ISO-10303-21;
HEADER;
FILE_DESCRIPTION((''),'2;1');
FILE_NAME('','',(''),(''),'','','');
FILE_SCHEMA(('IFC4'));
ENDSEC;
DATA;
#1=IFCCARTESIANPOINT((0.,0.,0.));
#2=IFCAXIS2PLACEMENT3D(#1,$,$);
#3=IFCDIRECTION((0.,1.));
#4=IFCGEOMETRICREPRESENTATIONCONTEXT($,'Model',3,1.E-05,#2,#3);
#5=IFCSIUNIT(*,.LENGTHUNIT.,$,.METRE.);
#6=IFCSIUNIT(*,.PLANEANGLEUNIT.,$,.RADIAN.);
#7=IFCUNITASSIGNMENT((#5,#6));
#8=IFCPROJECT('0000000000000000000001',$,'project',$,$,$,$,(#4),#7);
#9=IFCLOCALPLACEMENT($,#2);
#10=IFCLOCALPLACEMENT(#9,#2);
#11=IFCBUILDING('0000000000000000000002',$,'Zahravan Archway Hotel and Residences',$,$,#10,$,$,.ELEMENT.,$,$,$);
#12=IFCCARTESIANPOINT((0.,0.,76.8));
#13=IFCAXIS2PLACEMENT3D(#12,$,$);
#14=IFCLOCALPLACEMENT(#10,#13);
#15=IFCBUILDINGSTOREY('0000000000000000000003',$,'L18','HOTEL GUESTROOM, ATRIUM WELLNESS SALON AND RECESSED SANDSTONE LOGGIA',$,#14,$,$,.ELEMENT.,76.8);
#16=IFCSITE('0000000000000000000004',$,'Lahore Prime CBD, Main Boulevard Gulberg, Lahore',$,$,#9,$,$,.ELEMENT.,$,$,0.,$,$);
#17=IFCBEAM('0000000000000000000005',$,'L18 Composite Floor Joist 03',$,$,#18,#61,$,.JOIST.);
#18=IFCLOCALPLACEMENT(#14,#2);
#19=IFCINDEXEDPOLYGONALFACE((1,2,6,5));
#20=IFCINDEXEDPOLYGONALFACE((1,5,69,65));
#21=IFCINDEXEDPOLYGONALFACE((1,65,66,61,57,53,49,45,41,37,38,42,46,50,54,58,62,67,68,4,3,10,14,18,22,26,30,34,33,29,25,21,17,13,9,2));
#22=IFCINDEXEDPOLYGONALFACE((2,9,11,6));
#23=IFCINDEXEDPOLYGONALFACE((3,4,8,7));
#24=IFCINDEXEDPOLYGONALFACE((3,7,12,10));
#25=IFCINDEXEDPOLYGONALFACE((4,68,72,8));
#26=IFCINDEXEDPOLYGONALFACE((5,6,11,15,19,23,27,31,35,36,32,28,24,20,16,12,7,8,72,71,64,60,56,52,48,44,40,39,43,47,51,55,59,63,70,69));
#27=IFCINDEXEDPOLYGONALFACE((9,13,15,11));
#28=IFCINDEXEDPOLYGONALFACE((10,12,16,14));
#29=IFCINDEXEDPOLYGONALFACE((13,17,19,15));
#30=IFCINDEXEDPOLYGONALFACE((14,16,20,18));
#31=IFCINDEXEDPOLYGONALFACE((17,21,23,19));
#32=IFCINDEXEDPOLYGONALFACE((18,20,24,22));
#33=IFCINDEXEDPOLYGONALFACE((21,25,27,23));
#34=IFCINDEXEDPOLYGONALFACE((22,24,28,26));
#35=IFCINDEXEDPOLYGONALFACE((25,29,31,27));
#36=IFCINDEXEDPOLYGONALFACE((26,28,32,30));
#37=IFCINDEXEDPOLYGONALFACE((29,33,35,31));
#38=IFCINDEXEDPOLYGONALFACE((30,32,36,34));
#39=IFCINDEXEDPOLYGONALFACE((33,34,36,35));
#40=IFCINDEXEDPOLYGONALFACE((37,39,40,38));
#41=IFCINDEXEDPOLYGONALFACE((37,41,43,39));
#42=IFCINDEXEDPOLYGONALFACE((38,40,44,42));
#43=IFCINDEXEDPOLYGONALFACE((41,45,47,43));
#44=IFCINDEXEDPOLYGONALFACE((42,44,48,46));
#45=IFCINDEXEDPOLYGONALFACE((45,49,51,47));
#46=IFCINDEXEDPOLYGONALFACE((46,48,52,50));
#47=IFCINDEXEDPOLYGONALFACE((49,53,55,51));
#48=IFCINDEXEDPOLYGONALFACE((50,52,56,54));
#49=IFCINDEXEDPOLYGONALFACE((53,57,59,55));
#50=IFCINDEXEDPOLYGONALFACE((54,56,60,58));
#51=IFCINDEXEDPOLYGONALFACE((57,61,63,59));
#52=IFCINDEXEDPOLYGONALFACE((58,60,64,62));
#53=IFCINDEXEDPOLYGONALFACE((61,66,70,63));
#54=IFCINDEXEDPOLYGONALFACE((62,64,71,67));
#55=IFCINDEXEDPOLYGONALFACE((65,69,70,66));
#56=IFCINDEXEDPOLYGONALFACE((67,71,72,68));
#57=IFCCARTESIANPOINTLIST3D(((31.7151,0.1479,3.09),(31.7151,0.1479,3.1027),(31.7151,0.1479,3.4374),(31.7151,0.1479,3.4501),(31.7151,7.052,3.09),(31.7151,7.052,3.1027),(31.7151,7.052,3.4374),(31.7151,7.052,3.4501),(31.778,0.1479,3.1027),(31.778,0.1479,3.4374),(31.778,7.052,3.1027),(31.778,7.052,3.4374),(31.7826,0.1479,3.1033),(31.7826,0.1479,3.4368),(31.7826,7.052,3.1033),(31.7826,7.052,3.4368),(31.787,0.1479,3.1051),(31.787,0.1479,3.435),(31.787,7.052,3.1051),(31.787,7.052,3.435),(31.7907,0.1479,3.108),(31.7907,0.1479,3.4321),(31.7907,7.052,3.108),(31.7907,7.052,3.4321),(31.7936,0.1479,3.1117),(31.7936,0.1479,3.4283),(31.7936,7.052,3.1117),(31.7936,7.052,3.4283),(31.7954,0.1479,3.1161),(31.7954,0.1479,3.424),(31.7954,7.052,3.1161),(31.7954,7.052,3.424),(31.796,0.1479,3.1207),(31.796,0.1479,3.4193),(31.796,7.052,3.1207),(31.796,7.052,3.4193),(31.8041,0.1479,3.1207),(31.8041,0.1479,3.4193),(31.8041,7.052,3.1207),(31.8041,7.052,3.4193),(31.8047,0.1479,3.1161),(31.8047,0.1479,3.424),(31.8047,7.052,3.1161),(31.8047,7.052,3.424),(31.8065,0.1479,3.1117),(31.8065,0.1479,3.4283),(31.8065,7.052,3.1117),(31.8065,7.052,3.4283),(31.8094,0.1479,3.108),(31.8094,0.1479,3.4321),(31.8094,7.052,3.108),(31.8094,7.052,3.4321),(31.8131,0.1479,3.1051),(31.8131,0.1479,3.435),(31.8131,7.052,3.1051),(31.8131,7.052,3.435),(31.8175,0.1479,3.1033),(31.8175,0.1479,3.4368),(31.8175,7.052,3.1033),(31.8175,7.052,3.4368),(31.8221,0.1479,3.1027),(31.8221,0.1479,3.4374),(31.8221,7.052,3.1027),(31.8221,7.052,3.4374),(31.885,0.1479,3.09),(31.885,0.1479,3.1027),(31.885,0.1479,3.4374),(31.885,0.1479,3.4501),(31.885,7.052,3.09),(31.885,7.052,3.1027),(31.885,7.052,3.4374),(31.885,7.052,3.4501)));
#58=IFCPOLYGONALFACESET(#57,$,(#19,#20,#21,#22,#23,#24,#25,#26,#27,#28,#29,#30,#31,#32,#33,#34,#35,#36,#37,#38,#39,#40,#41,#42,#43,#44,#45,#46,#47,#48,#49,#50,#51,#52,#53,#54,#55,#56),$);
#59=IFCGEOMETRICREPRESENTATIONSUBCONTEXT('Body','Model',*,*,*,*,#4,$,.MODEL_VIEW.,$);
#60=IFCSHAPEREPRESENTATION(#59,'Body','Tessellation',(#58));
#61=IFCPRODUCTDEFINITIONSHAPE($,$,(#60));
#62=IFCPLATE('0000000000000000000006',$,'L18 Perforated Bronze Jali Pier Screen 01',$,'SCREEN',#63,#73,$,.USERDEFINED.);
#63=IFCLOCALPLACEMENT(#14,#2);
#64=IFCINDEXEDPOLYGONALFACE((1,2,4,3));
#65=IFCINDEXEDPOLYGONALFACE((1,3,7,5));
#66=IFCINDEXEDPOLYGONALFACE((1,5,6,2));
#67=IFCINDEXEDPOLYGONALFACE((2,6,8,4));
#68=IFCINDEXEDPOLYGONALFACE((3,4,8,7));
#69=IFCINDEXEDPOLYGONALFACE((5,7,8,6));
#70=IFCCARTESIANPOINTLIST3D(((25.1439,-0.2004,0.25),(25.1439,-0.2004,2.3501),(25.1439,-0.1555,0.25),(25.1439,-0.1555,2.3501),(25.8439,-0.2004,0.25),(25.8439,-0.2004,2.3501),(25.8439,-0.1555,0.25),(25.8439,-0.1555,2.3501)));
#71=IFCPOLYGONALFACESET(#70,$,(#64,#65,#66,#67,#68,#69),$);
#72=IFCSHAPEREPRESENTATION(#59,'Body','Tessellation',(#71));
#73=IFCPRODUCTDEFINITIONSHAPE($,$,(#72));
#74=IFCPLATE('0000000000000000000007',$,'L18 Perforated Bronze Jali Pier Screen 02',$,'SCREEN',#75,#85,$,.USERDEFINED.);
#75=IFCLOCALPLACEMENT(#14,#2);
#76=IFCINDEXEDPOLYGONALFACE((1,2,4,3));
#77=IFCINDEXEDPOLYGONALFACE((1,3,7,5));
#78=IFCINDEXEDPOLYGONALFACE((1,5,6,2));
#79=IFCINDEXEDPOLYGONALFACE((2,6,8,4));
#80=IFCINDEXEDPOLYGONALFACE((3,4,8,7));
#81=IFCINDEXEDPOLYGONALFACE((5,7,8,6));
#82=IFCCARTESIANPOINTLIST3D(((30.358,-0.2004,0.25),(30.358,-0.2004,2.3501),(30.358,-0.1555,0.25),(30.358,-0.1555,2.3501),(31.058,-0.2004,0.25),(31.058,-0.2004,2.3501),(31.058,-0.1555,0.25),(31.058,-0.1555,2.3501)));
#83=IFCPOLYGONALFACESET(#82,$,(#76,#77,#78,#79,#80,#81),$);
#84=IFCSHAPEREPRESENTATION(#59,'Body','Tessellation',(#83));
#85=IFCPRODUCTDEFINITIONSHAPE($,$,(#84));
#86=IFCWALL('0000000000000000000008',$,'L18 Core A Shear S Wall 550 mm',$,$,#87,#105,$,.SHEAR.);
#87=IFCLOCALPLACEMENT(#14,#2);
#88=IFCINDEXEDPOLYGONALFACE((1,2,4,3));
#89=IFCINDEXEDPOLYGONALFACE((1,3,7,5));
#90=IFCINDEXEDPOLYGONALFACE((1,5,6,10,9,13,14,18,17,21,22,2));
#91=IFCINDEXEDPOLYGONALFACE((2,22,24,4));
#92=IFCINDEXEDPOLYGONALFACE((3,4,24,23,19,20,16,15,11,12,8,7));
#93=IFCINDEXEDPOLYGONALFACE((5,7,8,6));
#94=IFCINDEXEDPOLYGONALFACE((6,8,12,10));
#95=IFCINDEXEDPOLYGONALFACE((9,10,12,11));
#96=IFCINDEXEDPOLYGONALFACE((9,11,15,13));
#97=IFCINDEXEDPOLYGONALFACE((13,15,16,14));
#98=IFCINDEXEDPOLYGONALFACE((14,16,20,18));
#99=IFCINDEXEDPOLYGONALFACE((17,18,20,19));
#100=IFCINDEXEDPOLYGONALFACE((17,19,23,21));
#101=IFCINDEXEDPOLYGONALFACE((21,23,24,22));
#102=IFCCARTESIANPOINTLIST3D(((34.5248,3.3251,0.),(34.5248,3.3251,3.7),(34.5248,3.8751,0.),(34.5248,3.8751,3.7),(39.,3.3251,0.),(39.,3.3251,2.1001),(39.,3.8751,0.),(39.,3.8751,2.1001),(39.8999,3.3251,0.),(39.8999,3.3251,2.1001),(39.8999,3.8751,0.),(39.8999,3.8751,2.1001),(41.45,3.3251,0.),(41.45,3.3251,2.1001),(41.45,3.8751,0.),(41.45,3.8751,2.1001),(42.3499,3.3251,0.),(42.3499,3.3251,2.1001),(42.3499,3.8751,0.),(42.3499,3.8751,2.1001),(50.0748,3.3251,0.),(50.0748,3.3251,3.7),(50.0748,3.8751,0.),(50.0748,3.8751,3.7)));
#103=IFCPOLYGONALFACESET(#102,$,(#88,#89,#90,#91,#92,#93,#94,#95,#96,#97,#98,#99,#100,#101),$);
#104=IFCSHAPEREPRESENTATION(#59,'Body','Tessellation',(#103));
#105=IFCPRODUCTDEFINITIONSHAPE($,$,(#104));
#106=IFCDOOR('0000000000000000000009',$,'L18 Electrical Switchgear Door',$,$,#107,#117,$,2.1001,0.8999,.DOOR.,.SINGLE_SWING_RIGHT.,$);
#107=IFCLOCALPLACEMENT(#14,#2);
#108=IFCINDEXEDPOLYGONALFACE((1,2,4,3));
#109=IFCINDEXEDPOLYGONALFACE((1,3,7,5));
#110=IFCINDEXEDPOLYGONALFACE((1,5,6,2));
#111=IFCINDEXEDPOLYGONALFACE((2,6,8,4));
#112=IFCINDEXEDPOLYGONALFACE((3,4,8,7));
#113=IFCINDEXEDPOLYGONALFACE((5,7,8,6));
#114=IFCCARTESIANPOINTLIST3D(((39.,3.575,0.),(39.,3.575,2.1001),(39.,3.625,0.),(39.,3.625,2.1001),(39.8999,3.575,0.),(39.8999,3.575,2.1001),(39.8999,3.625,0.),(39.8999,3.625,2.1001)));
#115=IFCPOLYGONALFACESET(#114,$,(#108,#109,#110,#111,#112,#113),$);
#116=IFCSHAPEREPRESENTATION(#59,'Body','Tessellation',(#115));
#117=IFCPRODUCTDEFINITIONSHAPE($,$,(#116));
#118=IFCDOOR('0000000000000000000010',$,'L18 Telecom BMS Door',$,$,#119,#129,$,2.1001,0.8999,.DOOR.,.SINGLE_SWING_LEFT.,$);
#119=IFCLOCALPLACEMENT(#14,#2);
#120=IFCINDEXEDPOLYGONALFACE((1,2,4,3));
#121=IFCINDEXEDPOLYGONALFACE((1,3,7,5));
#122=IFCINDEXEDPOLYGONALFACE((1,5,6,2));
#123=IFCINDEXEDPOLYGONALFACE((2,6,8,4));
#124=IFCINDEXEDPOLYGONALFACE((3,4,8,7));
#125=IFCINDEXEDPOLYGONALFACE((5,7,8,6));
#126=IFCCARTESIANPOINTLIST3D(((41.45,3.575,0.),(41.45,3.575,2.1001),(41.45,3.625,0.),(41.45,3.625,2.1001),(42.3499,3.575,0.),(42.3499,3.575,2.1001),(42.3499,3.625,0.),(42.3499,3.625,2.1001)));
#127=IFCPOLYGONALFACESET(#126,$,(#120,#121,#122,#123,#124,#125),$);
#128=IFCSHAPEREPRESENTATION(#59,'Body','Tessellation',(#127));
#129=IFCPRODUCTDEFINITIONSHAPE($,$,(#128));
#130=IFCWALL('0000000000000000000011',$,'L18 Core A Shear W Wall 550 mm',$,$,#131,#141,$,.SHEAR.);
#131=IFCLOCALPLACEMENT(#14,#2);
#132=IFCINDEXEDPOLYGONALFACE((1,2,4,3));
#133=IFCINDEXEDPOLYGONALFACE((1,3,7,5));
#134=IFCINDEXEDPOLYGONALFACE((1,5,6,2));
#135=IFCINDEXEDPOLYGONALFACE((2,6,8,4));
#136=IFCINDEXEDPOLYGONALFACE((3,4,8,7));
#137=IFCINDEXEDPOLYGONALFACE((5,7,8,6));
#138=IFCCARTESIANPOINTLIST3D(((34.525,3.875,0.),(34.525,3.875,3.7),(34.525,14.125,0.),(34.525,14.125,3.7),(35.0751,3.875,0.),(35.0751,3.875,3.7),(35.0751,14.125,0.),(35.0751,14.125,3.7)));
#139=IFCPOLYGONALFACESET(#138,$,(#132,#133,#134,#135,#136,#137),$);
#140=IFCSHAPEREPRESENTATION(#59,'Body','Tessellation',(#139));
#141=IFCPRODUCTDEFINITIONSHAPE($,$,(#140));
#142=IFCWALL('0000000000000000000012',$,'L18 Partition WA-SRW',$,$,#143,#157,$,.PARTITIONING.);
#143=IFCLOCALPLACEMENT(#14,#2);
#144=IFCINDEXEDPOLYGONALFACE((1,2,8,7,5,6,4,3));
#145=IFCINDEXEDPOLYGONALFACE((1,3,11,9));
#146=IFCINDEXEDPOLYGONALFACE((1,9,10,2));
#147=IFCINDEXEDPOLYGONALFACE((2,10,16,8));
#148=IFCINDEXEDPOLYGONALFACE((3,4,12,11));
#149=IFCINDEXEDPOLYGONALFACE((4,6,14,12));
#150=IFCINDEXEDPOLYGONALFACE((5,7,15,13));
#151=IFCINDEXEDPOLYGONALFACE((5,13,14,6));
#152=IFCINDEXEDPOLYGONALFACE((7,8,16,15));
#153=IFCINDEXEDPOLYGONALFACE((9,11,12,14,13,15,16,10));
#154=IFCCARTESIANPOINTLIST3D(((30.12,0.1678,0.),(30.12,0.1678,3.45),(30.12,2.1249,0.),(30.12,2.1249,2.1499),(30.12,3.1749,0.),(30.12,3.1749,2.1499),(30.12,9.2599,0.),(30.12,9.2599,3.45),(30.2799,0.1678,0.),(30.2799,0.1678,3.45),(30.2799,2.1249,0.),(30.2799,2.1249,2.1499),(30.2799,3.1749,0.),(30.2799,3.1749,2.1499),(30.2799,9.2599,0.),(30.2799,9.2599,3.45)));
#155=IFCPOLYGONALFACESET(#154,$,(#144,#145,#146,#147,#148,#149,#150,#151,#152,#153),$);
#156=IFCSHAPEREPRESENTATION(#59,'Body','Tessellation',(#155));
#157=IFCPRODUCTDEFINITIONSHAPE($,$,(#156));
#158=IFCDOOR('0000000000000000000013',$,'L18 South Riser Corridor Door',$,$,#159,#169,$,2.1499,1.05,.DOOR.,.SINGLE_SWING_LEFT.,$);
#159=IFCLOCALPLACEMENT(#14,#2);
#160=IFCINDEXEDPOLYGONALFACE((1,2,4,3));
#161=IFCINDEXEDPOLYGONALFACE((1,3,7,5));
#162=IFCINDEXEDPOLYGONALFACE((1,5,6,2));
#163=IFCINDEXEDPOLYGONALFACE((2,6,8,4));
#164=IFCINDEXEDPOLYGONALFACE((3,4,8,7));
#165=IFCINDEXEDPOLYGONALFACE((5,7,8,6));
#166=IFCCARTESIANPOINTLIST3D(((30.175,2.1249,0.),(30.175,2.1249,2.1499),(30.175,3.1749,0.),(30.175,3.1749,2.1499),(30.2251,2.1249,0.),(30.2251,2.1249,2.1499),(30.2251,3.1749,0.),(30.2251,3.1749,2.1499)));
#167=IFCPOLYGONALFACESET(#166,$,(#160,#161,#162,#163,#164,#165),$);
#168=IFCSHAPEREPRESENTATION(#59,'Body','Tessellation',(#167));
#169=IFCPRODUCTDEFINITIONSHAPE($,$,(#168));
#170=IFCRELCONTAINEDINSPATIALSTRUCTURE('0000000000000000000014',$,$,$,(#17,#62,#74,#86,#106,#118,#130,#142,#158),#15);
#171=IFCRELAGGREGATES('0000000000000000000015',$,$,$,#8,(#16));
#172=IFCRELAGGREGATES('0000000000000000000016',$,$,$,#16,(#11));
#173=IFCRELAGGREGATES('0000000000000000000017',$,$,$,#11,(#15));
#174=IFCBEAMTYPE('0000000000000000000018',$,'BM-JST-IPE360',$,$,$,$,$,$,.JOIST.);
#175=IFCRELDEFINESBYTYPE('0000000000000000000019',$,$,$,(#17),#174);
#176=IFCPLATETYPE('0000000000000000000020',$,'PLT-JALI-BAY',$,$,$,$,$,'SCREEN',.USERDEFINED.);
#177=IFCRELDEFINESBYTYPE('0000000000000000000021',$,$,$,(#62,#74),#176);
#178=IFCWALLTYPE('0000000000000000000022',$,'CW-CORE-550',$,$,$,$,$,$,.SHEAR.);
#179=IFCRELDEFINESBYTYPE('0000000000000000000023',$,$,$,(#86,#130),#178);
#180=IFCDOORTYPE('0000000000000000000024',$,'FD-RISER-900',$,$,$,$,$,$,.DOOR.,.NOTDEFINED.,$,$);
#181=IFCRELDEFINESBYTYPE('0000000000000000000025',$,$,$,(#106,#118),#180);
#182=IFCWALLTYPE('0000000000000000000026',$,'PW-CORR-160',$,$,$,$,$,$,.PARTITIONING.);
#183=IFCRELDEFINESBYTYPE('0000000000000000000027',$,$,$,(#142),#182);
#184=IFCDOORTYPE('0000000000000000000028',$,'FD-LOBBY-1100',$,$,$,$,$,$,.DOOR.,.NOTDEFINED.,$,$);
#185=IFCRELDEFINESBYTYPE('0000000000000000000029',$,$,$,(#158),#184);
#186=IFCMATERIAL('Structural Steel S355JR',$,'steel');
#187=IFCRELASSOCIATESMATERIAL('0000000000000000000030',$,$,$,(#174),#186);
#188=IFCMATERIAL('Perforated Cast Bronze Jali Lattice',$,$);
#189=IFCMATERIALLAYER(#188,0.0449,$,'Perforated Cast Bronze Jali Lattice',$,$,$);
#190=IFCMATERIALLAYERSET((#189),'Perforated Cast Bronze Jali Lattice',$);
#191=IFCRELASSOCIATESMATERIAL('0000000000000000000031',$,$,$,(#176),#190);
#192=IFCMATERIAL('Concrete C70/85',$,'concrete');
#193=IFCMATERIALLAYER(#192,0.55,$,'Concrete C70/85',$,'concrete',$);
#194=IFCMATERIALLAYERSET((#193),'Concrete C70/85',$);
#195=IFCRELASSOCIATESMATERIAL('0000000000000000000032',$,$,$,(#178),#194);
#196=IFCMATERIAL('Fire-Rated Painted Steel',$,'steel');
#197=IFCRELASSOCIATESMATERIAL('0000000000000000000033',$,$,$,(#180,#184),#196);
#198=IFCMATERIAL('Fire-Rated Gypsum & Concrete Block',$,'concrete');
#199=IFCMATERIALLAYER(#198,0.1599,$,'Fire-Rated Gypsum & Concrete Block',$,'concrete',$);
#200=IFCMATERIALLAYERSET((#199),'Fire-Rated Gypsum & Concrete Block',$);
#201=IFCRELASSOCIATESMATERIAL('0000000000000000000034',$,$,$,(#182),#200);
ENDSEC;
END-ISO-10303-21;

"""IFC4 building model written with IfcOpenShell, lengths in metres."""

from ifc_helpers import new_model, si_unit, direction, frame, frame_2d, origin, origin_2d, place, context, subcontext, project, spatial, rectangle, i_section, extrude, source, transform, mapped, material, layer, layer_set, material_profile, profile_set, type_object, type_shapes, element, fill, save


model = new_model("IFC4")

# Units and contexts
model_context = context("Model", 3, precision=1e-05, world=origin(), true_north=direction((0.0, 1.0)))
body_context = subcontext(model_context, "Body", "Model", "MODEL_VIEW")
ifc_project = project(units=[si_unit("LENGTHUNIT", "METRE"), si_unit("PLANEANGLEUNIT", "RADIAN")], contexts=[model_context])

# Site, building, storey
site_placement = place(None, origin())
site = spatial("IfcSite", under=ifc_project, at=site_placement, Name="Lahore Prime CBD, Main Boulevard Gulberg, Lahore", CompositionType="ELEMENT", RefElevation=0.0)
building_placement = place(site_placement, origin())
building = spatial("IfcBuilding", under=site, at=building_placement, Name="Zahravan Archway Hotel and Residences", CompositionType="ELEMENT")
storey_placement = place(building_placement, frame((0.0, 0.0, 76.8)))
storey = spatial("IfcBuildingStorey", under=building, at=storey_placement, Name="L18", Description="HOTEL GUESTROOM, ATRIUM WELLNESS SALON AND RECESSED SANDSTONE LOGGIA", CompositionType="ELEMENT", Elevation=76.8)

# Shared definitions
ifc_material_1 = material(Name="Concrete C70/85", Category="concrete")

# Beam
ifc_material_2 = material(Name="Structural Steel S355JR", Category="steel")
ifc_material_profile_1 = material_profile(ifc_material_2, i_section(OverallWidth=0.1699, OverallDepth=0.3601, WebThickness=0.0081, FlangeThickness=0.0127, FilletRadius=0.0181, at=origin_2d()), Name="IPE 360", Category="steel")
ifc_profile_set_1 = profile_set([ifc_material_profile_1], Name="Structural Steel S355JR")
beam_type_1 = type_object("IfcBeamType", Name="BM-JST-IPE360", PredefinedType="JOIST", material=ifc_profile_set_1)
shared_shape_1 = source(origin(), body_context, "Body", "SweptSolid", [
    extrude(i_section(OverallWidth=0.1699, OverallDepth=0.3601, WebThickness=0.0081, FlangeThickness=0.0127, FilletRadius=0.0181, at=origin_2d()), origin(), (0.0, 0.0, 1.0), 6.9041),
])
type_shapes(beam_type_1, [shared_shape_1])
beam_1_placement = place(storey_placement, frame((31.8, 0.1479, 3.27), z_axis=(0.0, 1.0, 0.0), x_axis=(-1.0, 0.0, 0.0)))
element("IfcBeam", 1, at=beam_1_placement, inside=storey, type_object=beam_type_1, Name="L18 Composite Floor Joist 03", PredefinedType="JOIST", context=body_context, shape_type="MappedRepresentation", body=[
    mapped(shared_shape_1, transform((0.0, 0.0, 0.0), scale=1.0)),
])

# Plates
ifc_material_3 = material(Name="Perforated Cast Bronze Jali Lattice")
ifc_layer_1 = layer(ifc_material_3, 0.0449, Name="Perforated Cast Bronze Jali Lattice")
ifc_layer_set_1 = layer_set([ifc_layer_1], Name="Perforated Cast Bronze Jali Lattice")
plate_type = type_object("IfcPlateType", Name="PLT-JALI-BAY", ElementType="SCREEN", PredefinedType="USERDEFINED", material=ifc_layer_set_1)
shared_shape_2 = source(origin(), body_context, "Body", "SweptSolid", [
    extrude(rectangle(XDim=0.7, YDim=0.0449, at=origin_2d()), origin(), (0.0, 0.0, 1.0), 2.1001),
])
type_shapes(plate_type, [shared_shape_2])
for number, where, z_axis, x_axis, name in (
    (2, (25.4939, -0.178, 0.25), (0.0, 0.0, 1.0), (1.0, 0.0, 0.0), "L18 Perforated Bronze Jali Pier Screen 01"),
    (3, (30.708, -0.178, 0.25), (0.0, 0.0, 1.0), (1.0, 0.0, 0.0), "L18 Perforated Bronze Jali Pier Screen 02"),
):
    element("IfcPlate", number, at=place(storey_placement, frame(where, z_axis=z_axis, x_axis=x_axis)), inside=storey, type_object=plate_type, Name=name, ObjectType="SCREEN", PredefinedType="USERDEFINED", context=body_context, shape_type="MappedRepresentation", body=[
        mapped(shared_shape_2, transform((0.0, 0.0, 0.0), scale=1.0)),
    ])

# Wall, openings, doors
ifc_layer_2 = layer(ifc_material_1, 0.55, Name="Concrete C70/85", Category="concrete")
ifc_layer_set_2 = layer_set([ifc_layer_2], Name="Concrete C70/85")
wall_type_1 = type_object("IfcWallType", Name="CW-CORE-550", PredefinedType="SHEAR", material=ifc_layer_set_2)
wall_1_placement = place(storey_placement, frame((34.5249, 3.6001, 0.0), z_axis=(0.0, 0.0, 1.0), x_axis=(1.0, 0.0, 0.0)))
wall_1 = element("IfcWall", 4, at=wall_1_placement, inside=storey, type_object=wall_type_1, Name="L18 Core A Shear S Wall 550 mm", PredefinedType="SHEAR", context=body_context, shape_type="SweptSolid", body=[
    extrude(rectangle(XDim=15.55, YDim=0.55, at=frame_2d((7.7749, 0.0))), origin(), (0.0, 0.0, 1.0), 3.7),
])
opening_1_placement = place(wall_1_placement, frame((4.4751, 0.0, 0.0)))
opening_1 = element("IfcOpeningElement", 5, at=opening_1_placement, cuts=wall_1, PredefinedType="OPENING", context=body_context, shape_type="SweptSolid", body=[
    extrude(rectangle(XDim=0.8999, YDim=2.1001, at=frame_2d((0.45, 1.05))), frame((0.0, 0.2852, 0.0), z_axis=(0.0, -1.0, 0.0), x_axis=(1.0, 0.0, 0.0)), (0.0, 0.0, 1.0), 0.5701),
])
opening_2_placement = place(wall_1_placement, frame((6.925, 0.0, 0.0)))
opening_2 = element("IfcOpeningElement", 6, at=opening_2_placement, cuts=wall_1, PredefinedType="OPENING", context=body_context, shape_type="SweptSolid", body=[
    extrude(rectangle(XDim=0.8999, YDim=2.1001, at=frame_2d((0.45, 1.05))), frame((0.0, 0.2852, 0.0), z_axis=(0.0, -1.0, 0.0), x_axis=(1.0, 0.0, 0.0)), (0.0, 0.0, 1.0), 0.5701),
])
ifc_material_4 = material(Name="Fire-Rated Painted Steel", Category="steel")
door_type_1 = type_object("IfcDoorType", Name="FD-RISER-900", OperationType="NOTDEFINED", PredefinedType="DOOR", material=ifc_material_4)
shared_shape_3 = source(origin(), body_context, "Body", "SweptSolid", [
    extrude(rectangle(XDim=0.8999, YDim=2.1001, at=frame_2d((0.45, 1.05))), frame((0.0, 0.0249, 0.0), z_axis=(0.0, -1.0, 0.0), x_axis=(1.0, 0.0, 0.0)), (0.0, 0.0, 1.0), 0.05),
])
type_shapes(door_type_1, [shared_shape_3])
door_1_placement = place(opening_1_placement, origin())
door_1 = element("IfcDoor", 7, at=door_1_placement, inside=storey, type_object=door_type_1, Name="L18 Electrical Switchgear Door", OperationType="SINGLE_SWING_RIGHT", OverallHeight=2.1001, OverallWidth=0.8999, PredefinedType="DOOR", context=body_context, shape_type="MappedRepresentation", body=[
    mapped(shared_shape_3, transform((0.0, 0.0, 0.0), scale=1.0)),
])
fill(opening_1, door_1)
door_2_placement = place(opening_2_placement, origin())
door_2 = element("IfcDoor", 8, at=door_2_placement, inside=storey, type_object=door_type_1, Name="L18 Telecom BMS Door", OperationType="SINGLE_SWING_LEFT", OverallHeight=2.1001, OverallWidth=0.8999, PredefinedType="DOOR", context=body_context, shape_type="MappedRepresentation", body=[
    mapped(shared_shape_3, transform((0.0, 0.0, 0.0), scale=1.0)),
])
fill(opening_2, door_2)

# Wall
wall_2_placement = place(storey_placement, frame((34.8, 3.875, 0.0), z_axis=(0.0, 0.0, 1.0), x_axis=(0.0, 1.0, 0.0)))
element("IfcWall", 9, at=wall_2_placement, inside=storey, type_object=wall_type_1, Name="L18 Core A Shear W Wall 550 mm", PredefinedType="SHEAR", context=body_context, shape_type="SweptSolid", body=[
    extrude(rectangle(XDim=10.25, YDim=0.55, at=frame_2d((5.125, 0.0))), origin(), (0.0, 0.0, 1.0), 3.7),
])

# Wall, opening, door
ifc_material_5 = material(Name="Fire-Rated Gypsum & Concrete Block", Category="concrete")
ifc_layer_3 = layer(ifc_material_5, 0.1599, Name="Fire-Rated Gypsum & Concrete Block", Category="concrete")
ifc_layer_set_3 = layer_set([ifc_layer_3], Name="Fire-Rated Gypsum & Concrete Block")
wall_type_2 = type_object("IfcWallType", Name="PW-CORR-160", PredefinedType="PARTITIONING", material=ifc_layer_set_3)
wall_3_placement = place(storey_placement, frame((30.2, 0.168, 0.0), z_axis=(0.0, 0.0, 1.0), x_axis=(0.0, 1.0, 0.0)))
wall_3 = element("IfcWall", 10, at=wall_3_placement, inside=storey, type_object=wall_type_2, Name="L18 Partition WA-SRW", PredefinedType="PARTITIONING", context=body_context, shape_type="SweptSolid", body=[
    extrude(rectangle(XDim=9.092, YDim=0.1599, at=frame_2d((4.5459, 0.0))), origin(), (0.0, 0.0, 1.0), 3.45),
])
opening_3_placement = place(wall_3_placement, frame((1.957, 0.0, 0.0)))
opening_3 = element("IfcOpeningElement", 11, at=opening_3_placement, cuts=wall_3, PredefinedType="OPENING", context=body_context, shape_type="SweptSolid", body=[
    extrude(rectangle(XDim=1.05, YDim=2.1499, at=frame_2d((0.5249, 1.075))), frame((0.0, 0.0898, 0.0), z_axis=(0.0, -1.0, 0.0), x_axis=(1.0, 0.0, 0.0)), (0.0, 0.0, 1.0), 0.1799),
])
door_type_2 = type_object("IfcDoorType", Name="FD-LOBBY-1100", OperationType="NOTDEFINED", PredefinedType="DOOR", material=ifc_material_4)
shared_shape_4 = source(origin(), body_context, "Body", "SweptSolid", [
    extrude(rectangle(XDim=1.05, YDim=2.1499, at=frame_2d((0.5249, 1.075))), frame((0.0, 0.0249, 0.0), z_axis=(0.0, -1.0, 0.0), x_axis=(1.0, 0.0, 0.0)), (0.0, 0.0, 1.0), 0.05),
])
type_shapes(door_type_2, [shared_shape_4])
door_3_placement = place(opening_3_placement, origin())
door_3 = element("IfcDoor", 12, at=door_3_placement, inside=storey, type_object=door_type_2, Name="L18 South Riser Corridor Door", OperationType="SINGLE_SWING_LEFT", OverallHeight=2.1499, OverallWidth=1.05, PredefinedType="DOOR", context=body_context, shape_type="MappedRepresentation", body=[
    mapped(shared_shape_4, transform((0.0, 0.0, 0.0), scale=1.0)),
])
fill(opening_3, door_3)

save(model, "model.ifc")
